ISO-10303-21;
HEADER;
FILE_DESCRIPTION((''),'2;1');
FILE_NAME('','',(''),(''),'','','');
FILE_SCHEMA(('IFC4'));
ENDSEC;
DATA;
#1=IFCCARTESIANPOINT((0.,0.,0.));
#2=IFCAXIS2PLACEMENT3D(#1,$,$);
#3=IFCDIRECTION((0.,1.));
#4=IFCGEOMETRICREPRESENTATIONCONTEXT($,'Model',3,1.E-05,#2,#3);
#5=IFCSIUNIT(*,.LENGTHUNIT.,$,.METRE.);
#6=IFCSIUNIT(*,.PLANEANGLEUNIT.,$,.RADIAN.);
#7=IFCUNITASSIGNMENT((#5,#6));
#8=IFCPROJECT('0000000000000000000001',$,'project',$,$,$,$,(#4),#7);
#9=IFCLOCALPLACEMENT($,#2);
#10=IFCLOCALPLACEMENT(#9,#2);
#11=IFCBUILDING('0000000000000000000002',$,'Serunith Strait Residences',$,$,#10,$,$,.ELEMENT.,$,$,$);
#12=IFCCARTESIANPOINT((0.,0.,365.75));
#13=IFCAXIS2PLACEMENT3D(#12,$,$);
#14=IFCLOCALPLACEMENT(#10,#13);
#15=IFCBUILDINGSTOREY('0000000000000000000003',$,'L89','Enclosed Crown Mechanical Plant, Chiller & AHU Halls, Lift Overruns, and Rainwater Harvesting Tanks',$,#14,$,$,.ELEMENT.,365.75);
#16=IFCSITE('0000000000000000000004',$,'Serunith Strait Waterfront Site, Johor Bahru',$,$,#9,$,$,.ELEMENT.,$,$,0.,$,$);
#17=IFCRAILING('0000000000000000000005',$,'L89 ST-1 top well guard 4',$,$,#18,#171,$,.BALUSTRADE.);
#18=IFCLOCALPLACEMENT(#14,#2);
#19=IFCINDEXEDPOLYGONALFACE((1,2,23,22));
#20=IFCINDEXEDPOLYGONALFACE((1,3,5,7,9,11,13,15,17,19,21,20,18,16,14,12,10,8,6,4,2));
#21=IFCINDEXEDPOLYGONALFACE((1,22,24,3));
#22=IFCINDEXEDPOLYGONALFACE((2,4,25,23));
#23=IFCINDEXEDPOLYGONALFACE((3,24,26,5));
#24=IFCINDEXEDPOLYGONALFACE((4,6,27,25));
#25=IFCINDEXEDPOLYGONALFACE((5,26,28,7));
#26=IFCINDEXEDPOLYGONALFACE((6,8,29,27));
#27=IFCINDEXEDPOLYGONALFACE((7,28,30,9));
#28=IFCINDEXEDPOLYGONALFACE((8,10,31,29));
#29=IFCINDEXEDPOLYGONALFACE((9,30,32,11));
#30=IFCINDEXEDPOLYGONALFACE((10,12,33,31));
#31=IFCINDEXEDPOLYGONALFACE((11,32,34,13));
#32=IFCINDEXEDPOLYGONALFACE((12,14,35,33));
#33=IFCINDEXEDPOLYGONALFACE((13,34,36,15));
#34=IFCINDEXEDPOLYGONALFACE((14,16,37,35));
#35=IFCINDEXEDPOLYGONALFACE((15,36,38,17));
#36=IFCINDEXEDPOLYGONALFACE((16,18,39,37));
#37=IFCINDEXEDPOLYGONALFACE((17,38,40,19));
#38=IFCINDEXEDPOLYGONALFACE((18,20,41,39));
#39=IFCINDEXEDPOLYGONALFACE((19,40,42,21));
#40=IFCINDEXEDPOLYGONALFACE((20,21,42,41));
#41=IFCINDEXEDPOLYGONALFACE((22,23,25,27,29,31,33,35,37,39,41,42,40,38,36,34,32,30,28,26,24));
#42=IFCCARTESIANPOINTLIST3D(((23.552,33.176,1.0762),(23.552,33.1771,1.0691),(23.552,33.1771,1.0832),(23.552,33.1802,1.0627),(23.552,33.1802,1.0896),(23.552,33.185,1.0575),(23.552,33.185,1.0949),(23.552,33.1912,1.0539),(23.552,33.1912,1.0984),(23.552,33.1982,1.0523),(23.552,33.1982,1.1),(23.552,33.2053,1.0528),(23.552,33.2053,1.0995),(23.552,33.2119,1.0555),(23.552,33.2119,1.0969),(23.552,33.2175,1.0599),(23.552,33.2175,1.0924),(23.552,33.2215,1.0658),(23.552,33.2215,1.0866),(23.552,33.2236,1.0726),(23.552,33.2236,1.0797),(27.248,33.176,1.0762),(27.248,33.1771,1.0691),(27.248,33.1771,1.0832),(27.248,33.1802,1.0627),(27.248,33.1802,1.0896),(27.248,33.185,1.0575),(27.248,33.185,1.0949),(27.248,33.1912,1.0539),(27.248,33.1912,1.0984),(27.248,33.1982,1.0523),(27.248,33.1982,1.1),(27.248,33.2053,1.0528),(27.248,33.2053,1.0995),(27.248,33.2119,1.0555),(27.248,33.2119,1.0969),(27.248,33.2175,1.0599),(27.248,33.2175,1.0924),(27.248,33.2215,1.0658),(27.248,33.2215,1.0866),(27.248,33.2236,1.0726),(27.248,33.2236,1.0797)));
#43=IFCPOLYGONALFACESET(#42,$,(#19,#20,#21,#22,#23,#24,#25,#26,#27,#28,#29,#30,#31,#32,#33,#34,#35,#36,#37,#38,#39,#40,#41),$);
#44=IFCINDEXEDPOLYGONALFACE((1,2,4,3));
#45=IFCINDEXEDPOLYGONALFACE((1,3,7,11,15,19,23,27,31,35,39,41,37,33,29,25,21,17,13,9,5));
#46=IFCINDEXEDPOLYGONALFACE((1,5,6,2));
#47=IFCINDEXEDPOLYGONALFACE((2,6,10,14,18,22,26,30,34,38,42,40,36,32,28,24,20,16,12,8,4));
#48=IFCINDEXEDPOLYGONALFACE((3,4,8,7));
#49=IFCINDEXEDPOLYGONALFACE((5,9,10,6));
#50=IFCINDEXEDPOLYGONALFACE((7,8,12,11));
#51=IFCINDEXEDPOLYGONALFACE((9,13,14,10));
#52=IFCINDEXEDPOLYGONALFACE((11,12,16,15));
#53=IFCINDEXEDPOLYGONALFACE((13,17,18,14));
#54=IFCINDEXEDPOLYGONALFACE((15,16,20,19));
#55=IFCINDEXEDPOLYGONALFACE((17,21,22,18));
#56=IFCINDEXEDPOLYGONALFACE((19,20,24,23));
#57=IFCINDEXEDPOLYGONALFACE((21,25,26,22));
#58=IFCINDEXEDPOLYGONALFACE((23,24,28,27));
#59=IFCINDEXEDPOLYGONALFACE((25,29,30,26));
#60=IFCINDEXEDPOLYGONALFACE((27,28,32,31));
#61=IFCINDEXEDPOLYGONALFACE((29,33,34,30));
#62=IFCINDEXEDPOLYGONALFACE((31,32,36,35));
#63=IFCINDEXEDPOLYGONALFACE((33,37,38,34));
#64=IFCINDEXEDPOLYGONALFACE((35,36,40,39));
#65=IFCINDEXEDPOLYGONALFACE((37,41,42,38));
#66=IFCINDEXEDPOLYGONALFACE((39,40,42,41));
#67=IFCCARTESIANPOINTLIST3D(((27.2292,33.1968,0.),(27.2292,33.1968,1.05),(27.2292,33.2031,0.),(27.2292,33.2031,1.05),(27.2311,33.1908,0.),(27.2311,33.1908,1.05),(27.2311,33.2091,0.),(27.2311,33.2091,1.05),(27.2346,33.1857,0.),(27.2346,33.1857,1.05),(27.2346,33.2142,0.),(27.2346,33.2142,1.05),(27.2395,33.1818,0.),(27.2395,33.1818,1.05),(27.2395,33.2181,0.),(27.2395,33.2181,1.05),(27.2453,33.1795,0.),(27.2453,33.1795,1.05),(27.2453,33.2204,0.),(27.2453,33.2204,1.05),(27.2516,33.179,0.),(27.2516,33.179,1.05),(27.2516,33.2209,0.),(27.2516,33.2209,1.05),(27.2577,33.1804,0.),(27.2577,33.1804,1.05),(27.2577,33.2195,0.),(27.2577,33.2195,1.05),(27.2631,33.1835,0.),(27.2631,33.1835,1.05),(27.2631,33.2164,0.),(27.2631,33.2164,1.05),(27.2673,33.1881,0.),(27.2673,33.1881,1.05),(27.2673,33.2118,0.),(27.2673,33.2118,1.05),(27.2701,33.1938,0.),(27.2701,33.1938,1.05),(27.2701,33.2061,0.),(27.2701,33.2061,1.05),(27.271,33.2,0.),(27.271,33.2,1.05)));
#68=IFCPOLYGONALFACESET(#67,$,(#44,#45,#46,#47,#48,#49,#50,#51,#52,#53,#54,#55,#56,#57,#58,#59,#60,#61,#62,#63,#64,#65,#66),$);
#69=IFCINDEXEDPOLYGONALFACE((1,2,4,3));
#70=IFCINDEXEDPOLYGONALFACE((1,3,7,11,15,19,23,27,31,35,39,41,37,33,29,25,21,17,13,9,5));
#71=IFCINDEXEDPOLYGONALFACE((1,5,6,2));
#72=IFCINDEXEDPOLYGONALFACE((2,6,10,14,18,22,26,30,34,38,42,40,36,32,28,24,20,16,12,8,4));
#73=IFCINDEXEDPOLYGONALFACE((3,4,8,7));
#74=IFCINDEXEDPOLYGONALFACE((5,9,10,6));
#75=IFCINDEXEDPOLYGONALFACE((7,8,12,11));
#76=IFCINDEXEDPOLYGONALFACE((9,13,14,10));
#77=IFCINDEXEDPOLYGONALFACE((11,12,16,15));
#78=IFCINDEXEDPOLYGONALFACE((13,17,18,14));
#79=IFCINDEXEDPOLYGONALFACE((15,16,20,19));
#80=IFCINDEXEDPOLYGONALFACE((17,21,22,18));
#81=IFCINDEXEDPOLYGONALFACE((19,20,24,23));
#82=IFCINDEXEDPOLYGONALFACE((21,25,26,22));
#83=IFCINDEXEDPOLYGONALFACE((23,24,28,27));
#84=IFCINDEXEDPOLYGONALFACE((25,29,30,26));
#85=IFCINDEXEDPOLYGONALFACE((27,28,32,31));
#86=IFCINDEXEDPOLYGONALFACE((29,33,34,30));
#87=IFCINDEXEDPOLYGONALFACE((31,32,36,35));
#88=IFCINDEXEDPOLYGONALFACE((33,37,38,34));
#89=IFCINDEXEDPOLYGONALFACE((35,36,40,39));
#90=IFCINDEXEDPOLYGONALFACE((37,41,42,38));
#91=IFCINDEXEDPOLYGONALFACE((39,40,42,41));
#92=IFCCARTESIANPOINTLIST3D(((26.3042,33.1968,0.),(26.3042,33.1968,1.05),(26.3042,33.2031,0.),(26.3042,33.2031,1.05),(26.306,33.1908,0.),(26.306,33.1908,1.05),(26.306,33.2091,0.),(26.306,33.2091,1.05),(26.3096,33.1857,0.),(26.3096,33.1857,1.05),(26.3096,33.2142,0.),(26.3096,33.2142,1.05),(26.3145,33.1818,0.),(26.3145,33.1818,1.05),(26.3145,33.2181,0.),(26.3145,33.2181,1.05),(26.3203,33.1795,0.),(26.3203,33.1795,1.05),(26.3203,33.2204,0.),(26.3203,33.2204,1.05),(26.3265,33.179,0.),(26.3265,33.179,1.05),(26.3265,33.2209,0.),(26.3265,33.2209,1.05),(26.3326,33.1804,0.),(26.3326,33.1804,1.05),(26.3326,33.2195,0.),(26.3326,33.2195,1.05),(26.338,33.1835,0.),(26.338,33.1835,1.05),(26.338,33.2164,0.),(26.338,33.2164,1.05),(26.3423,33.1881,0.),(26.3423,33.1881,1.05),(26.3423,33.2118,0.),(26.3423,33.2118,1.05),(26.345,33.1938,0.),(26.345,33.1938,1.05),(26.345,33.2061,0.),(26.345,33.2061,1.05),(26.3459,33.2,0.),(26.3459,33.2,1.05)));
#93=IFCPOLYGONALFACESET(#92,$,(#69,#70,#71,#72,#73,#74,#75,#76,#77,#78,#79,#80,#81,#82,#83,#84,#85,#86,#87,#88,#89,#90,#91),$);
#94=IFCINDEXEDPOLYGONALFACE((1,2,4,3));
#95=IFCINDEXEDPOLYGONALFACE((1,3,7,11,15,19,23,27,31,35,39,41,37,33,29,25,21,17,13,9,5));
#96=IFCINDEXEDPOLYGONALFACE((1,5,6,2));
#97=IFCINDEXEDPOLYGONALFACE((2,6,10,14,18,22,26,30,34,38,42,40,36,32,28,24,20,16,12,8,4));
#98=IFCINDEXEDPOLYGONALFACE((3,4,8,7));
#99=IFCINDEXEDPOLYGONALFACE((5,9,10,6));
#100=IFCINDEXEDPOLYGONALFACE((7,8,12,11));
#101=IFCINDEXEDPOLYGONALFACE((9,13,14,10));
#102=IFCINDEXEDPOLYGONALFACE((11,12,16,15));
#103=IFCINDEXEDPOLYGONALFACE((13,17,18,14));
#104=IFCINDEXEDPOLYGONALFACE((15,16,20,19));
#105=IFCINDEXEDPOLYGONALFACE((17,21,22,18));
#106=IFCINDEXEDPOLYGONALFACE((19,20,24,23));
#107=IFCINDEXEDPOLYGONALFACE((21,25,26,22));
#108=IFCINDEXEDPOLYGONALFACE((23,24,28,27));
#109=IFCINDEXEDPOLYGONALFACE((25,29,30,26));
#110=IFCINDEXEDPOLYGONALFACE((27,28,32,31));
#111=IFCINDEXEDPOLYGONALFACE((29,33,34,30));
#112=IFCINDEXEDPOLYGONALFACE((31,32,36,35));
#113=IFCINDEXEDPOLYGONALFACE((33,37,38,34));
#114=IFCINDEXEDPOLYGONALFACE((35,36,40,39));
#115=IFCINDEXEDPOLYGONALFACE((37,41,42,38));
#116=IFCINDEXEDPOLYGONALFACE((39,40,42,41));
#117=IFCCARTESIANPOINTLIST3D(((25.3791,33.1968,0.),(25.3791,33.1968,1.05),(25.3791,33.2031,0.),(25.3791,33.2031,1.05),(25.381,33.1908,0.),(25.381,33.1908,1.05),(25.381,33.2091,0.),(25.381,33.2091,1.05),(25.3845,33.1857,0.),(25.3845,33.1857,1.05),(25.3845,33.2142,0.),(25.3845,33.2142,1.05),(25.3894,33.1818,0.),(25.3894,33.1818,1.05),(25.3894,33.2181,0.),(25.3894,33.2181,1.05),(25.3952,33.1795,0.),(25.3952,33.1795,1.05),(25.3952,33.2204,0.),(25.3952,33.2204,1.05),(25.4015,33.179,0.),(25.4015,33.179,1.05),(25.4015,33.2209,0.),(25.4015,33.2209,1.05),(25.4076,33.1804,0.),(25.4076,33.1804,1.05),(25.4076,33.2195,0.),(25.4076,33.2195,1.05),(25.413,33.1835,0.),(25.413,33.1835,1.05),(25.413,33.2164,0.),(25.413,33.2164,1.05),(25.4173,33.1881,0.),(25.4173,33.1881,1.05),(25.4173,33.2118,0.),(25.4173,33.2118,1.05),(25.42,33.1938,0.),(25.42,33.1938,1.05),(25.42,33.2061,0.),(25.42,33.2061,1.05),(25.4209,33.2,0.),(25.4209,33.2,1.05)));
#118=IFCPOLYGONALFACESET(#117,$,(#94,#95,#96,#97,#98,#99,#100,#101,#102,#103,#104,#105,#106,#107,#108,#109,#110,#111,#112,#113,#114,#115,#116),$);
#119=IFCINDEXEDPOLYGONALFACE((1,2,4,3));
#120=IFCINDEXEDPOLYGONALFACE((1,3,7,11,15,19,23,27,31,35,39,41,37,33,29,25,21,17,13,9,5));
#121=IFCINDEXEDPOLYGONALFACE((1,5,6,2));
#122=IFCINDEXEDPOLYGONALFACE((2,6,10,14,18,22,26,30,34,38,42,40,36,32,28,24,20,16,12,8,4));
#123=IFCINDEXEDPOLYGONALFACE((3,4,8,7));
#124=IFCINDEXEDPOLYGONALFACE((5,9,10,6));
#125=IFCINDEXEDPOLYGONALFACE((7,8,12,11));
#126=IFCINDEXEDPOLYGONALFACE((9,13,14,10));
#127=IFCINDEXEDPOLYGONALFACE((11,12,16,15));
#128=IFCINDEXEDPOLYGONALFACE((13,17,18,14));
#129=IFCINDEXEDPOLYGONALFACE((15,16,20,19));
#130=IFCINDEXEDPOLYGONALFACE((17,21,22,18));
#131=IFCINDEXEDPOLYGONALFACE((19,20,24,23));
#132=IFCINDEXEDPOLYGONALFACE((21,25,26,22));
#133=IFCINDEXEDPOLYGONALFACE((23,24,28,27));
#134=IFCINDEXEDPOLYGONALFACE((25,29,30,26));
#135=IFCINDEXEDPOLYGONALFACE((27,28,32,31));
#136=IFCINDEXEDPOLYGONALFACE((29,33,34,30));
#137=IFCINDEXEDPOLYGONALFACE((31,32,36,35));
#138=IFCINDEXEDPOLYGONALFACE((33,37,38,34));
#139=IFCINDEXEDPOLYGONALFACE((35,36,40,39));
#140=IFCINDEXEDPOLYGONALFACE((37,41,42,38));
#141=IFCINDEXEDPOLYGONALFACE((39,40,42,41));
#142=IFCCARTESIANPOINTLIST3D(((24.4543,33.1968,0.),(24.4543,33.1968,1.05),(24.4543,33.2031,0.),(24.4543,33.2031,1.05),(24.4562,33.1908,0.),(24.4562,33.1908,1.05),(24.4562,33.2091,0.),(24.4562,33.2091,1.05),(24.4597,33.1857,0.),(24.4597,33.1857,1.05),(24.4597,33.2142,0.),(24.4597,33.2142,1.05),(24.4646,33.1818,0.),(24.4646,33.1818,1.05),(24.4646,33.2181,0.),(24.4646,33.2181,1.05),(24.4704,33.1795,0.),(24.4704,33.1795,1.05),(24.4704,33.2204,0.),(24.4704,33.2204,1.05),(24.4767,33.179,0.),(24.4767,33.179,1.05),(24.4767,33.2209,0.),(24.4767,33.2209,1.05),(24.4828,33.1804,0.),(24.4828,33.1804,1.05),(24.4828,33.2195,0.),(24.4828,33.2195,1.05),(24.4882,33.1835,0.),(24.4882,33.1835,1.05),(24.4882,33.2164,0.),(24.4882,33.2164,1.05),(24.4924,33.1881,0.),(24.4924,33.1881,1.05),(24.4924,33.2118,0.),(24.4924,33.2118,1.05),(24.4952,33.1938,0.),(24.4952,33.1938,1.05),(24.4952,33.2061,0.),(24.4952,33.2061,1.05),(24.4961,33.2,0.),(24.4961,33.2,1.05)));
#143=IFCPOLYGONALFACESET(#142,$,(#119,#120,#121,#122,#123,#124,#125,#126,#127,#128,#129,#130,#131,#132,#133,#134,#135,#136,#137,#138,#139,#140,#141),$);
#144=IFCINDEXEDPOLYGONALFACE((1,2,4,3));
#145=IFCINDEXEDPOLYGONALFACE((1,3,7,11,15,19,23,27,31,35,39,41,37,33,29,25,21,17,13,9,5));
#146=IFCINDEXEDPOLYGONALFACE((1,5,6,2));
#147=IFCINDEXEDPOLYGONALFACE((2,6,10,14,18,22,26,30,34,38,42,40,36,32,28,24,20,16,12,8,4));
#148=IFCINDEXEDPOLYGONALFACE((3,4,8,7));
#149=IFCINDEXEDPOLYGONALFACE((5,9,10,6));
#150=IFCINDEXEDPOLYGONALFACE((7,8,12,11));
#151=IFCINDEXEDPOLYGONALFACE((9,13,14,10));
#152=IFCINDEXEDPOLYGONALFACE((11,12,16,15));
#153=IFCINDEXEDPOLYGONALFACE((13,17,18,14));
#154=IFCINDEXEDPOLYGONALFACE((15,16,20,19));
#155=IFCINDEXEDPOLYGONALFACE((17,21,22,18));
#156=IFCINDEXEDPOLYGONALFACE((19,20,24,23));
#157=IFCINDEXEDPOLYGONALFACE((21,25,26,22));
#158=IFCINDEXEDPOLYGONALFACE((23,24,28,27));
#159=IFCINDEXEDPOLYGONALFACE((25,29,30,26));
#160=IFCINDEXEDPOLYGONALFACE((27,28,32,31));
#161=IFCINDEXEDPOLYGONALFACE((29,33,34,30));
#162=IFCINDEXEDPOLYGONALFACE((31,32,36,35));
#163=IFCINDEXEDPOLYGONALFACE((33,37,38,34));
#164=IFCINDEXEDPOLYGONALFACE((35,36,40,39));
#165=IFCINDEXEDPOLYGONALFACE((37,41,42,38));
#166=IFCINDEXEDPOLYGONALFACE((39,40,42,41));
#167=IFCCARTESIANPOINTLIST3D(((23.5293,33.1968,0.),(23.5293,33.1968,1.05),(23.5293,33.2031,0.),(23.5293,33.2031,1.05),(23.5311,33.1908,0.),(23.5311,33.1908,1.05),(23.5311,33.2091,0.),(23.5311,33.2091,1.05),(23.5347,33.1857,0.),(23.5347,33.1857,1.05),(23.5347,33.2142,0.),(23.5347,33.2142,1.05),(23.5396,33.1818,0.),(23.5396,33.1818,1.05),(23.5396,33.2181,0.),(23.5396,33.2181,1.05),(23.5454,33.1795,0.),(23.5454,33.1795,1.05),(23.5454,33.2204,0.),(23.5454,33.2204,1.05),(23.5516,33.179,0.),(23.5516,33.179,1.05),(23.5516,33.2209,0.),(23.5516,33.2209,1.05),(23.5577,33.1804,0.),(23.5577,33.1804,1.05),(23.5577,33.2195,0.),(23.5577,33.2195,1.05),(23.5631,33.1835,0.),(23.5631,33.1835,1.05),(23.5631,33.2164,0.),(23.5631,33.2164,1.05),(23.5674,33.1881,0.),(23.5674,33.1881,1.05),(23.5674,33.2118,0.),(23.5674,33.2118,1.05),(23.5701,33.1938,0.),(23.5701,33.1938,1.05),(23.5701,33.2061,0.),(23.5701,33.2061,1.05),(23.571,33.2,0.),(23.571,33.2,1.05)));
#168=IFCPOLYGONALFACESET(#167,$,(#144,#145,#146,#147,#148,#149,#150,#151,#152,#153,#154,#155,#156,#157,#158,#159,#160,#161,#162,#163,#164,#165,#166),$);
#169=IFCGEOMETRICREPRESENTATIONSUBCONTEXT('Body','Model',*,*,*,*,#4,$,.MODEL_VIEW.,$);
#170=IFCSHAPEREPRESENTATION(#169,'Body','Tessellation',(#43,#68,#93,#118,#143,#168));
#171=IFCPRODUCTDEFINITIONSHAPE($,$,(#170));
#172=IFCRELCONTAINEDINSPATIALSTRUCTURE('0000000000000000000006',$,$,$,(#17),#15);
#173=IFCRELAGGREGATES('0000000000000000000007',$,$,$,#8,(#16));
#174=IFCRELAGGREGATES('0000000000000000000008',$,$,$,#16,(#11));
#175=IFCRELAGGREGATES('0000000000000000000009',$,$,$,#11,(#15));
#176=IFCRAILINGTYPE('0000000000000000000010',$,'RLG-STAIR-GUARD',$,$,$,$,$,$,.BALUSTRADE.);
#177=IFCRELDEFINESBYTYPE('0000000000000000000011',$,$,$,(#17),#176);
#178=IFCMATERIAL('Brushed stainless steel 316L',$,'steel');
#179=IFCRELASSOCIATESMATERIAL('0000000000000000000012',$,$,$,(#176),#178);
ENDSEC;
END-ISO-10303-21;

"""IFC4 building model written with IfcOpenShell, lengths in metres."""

from ifc_helpers import new_model, si_unit, direction, frame, origin, origin_2d, place, context, subcontext, project, spatial, circle, extrude, material, type_object, element, save


model = new_model("IFC4")

# Units and contexts
model_context = context("Model", 3, precision=1e-05, world=origin(), true_north=direction((0.0, 1.0)))
body_context = subcontext(model_context, "Body", "Model", "MODEL_VIEW")
ifc_project = project(units=[si_unit("LENGTHUNIT", "METRE"), si_unit("PLANEANGLEUNIT", "RADIAN")], contexts=[model_context])

# Site, building, storey
site_placement = place(None, origin())
site = spatial("IfcSite", under=ifc_project, at=site_placement, Name="Serunith Strait Waterfront Site, Johor Bahru", CompositionType="ELEMENT", RefElevation=0.0)
building_placement = place(site_placement, origin())
building = spatial("IfcBuilding", under=site, at=building_placement, Name="Serunith Strait Residences", CompositionType="ELEMENT")
storey_placement = place(building_placement, frame((0.0, 0.0, 365.75)))
storey = spatial("IfcBuildingStorey", under=building, at=storey_placement, Name="L89", Description="Enclosed Crown Mechanical Plant, Chiller & AHU Halls, Lift Overruns, and Rainwater Harvesting Tanks", CompositionType="ELEMENT", Elevation=365.75)

# Railing
ifc_material_1 = material(Name="Brushed stainless steel 316L", Category="steel")
railing_type = type_object("IfcRailingType", Name="RLG-STAIR-GUARD", PredefinedType="BALUSTRADE", material=ifc_material_1)
railing_1_placement = place(storey_placement, frame((27.25, 33.2, 0.0)))
element("IfcRailing", 1, at=railing_1_placement, inside=storey, type_object=railing_type, Name="L89 ST-1 top well guard 4", PredefinedType="BALUSTRADE", context=body_context, shape_type="SweptSolid", body=[
    extrude(circle(Radius=0.0239, at=origin_2d()), frame((-0.002, 0.0, 1.0762), z_axis=(-1.0, 0.0, 0.0), x_axis=(0.0, -1.0, 0.0)), (0.0, 0.0, 1.0), 3.696),
    extrude(circle(Radius=0.021, at=origin_2d()), origin(), (0.0, 0.0, 1.0), 1.05),
    extrude(circle(Radius=0.021, at=origin_2d()), frame((-0.925, 0.0, 0.0)), (0.0, 0.0, 1.0), 1.05),
    extrude(circle(Radius=0.021, at=origin_2d()), frame((-1.8501, 0.0, 0.0)), (0.0, 0.0, 1.0), 1.05),
    extrude(circle(Radius=0.021, at=origin_2d()), frame((-2.7749, 0.0, 0.0)), (0.0, 0.0, 1.0), 1.05),
    extrude(circle(Radius=0.021, at=origin_2d()), frame((-3.7, 0.0, 0.0)), (0.0, 0.0, 1.0), 1.05),
])

save(model, "model.ifc")
